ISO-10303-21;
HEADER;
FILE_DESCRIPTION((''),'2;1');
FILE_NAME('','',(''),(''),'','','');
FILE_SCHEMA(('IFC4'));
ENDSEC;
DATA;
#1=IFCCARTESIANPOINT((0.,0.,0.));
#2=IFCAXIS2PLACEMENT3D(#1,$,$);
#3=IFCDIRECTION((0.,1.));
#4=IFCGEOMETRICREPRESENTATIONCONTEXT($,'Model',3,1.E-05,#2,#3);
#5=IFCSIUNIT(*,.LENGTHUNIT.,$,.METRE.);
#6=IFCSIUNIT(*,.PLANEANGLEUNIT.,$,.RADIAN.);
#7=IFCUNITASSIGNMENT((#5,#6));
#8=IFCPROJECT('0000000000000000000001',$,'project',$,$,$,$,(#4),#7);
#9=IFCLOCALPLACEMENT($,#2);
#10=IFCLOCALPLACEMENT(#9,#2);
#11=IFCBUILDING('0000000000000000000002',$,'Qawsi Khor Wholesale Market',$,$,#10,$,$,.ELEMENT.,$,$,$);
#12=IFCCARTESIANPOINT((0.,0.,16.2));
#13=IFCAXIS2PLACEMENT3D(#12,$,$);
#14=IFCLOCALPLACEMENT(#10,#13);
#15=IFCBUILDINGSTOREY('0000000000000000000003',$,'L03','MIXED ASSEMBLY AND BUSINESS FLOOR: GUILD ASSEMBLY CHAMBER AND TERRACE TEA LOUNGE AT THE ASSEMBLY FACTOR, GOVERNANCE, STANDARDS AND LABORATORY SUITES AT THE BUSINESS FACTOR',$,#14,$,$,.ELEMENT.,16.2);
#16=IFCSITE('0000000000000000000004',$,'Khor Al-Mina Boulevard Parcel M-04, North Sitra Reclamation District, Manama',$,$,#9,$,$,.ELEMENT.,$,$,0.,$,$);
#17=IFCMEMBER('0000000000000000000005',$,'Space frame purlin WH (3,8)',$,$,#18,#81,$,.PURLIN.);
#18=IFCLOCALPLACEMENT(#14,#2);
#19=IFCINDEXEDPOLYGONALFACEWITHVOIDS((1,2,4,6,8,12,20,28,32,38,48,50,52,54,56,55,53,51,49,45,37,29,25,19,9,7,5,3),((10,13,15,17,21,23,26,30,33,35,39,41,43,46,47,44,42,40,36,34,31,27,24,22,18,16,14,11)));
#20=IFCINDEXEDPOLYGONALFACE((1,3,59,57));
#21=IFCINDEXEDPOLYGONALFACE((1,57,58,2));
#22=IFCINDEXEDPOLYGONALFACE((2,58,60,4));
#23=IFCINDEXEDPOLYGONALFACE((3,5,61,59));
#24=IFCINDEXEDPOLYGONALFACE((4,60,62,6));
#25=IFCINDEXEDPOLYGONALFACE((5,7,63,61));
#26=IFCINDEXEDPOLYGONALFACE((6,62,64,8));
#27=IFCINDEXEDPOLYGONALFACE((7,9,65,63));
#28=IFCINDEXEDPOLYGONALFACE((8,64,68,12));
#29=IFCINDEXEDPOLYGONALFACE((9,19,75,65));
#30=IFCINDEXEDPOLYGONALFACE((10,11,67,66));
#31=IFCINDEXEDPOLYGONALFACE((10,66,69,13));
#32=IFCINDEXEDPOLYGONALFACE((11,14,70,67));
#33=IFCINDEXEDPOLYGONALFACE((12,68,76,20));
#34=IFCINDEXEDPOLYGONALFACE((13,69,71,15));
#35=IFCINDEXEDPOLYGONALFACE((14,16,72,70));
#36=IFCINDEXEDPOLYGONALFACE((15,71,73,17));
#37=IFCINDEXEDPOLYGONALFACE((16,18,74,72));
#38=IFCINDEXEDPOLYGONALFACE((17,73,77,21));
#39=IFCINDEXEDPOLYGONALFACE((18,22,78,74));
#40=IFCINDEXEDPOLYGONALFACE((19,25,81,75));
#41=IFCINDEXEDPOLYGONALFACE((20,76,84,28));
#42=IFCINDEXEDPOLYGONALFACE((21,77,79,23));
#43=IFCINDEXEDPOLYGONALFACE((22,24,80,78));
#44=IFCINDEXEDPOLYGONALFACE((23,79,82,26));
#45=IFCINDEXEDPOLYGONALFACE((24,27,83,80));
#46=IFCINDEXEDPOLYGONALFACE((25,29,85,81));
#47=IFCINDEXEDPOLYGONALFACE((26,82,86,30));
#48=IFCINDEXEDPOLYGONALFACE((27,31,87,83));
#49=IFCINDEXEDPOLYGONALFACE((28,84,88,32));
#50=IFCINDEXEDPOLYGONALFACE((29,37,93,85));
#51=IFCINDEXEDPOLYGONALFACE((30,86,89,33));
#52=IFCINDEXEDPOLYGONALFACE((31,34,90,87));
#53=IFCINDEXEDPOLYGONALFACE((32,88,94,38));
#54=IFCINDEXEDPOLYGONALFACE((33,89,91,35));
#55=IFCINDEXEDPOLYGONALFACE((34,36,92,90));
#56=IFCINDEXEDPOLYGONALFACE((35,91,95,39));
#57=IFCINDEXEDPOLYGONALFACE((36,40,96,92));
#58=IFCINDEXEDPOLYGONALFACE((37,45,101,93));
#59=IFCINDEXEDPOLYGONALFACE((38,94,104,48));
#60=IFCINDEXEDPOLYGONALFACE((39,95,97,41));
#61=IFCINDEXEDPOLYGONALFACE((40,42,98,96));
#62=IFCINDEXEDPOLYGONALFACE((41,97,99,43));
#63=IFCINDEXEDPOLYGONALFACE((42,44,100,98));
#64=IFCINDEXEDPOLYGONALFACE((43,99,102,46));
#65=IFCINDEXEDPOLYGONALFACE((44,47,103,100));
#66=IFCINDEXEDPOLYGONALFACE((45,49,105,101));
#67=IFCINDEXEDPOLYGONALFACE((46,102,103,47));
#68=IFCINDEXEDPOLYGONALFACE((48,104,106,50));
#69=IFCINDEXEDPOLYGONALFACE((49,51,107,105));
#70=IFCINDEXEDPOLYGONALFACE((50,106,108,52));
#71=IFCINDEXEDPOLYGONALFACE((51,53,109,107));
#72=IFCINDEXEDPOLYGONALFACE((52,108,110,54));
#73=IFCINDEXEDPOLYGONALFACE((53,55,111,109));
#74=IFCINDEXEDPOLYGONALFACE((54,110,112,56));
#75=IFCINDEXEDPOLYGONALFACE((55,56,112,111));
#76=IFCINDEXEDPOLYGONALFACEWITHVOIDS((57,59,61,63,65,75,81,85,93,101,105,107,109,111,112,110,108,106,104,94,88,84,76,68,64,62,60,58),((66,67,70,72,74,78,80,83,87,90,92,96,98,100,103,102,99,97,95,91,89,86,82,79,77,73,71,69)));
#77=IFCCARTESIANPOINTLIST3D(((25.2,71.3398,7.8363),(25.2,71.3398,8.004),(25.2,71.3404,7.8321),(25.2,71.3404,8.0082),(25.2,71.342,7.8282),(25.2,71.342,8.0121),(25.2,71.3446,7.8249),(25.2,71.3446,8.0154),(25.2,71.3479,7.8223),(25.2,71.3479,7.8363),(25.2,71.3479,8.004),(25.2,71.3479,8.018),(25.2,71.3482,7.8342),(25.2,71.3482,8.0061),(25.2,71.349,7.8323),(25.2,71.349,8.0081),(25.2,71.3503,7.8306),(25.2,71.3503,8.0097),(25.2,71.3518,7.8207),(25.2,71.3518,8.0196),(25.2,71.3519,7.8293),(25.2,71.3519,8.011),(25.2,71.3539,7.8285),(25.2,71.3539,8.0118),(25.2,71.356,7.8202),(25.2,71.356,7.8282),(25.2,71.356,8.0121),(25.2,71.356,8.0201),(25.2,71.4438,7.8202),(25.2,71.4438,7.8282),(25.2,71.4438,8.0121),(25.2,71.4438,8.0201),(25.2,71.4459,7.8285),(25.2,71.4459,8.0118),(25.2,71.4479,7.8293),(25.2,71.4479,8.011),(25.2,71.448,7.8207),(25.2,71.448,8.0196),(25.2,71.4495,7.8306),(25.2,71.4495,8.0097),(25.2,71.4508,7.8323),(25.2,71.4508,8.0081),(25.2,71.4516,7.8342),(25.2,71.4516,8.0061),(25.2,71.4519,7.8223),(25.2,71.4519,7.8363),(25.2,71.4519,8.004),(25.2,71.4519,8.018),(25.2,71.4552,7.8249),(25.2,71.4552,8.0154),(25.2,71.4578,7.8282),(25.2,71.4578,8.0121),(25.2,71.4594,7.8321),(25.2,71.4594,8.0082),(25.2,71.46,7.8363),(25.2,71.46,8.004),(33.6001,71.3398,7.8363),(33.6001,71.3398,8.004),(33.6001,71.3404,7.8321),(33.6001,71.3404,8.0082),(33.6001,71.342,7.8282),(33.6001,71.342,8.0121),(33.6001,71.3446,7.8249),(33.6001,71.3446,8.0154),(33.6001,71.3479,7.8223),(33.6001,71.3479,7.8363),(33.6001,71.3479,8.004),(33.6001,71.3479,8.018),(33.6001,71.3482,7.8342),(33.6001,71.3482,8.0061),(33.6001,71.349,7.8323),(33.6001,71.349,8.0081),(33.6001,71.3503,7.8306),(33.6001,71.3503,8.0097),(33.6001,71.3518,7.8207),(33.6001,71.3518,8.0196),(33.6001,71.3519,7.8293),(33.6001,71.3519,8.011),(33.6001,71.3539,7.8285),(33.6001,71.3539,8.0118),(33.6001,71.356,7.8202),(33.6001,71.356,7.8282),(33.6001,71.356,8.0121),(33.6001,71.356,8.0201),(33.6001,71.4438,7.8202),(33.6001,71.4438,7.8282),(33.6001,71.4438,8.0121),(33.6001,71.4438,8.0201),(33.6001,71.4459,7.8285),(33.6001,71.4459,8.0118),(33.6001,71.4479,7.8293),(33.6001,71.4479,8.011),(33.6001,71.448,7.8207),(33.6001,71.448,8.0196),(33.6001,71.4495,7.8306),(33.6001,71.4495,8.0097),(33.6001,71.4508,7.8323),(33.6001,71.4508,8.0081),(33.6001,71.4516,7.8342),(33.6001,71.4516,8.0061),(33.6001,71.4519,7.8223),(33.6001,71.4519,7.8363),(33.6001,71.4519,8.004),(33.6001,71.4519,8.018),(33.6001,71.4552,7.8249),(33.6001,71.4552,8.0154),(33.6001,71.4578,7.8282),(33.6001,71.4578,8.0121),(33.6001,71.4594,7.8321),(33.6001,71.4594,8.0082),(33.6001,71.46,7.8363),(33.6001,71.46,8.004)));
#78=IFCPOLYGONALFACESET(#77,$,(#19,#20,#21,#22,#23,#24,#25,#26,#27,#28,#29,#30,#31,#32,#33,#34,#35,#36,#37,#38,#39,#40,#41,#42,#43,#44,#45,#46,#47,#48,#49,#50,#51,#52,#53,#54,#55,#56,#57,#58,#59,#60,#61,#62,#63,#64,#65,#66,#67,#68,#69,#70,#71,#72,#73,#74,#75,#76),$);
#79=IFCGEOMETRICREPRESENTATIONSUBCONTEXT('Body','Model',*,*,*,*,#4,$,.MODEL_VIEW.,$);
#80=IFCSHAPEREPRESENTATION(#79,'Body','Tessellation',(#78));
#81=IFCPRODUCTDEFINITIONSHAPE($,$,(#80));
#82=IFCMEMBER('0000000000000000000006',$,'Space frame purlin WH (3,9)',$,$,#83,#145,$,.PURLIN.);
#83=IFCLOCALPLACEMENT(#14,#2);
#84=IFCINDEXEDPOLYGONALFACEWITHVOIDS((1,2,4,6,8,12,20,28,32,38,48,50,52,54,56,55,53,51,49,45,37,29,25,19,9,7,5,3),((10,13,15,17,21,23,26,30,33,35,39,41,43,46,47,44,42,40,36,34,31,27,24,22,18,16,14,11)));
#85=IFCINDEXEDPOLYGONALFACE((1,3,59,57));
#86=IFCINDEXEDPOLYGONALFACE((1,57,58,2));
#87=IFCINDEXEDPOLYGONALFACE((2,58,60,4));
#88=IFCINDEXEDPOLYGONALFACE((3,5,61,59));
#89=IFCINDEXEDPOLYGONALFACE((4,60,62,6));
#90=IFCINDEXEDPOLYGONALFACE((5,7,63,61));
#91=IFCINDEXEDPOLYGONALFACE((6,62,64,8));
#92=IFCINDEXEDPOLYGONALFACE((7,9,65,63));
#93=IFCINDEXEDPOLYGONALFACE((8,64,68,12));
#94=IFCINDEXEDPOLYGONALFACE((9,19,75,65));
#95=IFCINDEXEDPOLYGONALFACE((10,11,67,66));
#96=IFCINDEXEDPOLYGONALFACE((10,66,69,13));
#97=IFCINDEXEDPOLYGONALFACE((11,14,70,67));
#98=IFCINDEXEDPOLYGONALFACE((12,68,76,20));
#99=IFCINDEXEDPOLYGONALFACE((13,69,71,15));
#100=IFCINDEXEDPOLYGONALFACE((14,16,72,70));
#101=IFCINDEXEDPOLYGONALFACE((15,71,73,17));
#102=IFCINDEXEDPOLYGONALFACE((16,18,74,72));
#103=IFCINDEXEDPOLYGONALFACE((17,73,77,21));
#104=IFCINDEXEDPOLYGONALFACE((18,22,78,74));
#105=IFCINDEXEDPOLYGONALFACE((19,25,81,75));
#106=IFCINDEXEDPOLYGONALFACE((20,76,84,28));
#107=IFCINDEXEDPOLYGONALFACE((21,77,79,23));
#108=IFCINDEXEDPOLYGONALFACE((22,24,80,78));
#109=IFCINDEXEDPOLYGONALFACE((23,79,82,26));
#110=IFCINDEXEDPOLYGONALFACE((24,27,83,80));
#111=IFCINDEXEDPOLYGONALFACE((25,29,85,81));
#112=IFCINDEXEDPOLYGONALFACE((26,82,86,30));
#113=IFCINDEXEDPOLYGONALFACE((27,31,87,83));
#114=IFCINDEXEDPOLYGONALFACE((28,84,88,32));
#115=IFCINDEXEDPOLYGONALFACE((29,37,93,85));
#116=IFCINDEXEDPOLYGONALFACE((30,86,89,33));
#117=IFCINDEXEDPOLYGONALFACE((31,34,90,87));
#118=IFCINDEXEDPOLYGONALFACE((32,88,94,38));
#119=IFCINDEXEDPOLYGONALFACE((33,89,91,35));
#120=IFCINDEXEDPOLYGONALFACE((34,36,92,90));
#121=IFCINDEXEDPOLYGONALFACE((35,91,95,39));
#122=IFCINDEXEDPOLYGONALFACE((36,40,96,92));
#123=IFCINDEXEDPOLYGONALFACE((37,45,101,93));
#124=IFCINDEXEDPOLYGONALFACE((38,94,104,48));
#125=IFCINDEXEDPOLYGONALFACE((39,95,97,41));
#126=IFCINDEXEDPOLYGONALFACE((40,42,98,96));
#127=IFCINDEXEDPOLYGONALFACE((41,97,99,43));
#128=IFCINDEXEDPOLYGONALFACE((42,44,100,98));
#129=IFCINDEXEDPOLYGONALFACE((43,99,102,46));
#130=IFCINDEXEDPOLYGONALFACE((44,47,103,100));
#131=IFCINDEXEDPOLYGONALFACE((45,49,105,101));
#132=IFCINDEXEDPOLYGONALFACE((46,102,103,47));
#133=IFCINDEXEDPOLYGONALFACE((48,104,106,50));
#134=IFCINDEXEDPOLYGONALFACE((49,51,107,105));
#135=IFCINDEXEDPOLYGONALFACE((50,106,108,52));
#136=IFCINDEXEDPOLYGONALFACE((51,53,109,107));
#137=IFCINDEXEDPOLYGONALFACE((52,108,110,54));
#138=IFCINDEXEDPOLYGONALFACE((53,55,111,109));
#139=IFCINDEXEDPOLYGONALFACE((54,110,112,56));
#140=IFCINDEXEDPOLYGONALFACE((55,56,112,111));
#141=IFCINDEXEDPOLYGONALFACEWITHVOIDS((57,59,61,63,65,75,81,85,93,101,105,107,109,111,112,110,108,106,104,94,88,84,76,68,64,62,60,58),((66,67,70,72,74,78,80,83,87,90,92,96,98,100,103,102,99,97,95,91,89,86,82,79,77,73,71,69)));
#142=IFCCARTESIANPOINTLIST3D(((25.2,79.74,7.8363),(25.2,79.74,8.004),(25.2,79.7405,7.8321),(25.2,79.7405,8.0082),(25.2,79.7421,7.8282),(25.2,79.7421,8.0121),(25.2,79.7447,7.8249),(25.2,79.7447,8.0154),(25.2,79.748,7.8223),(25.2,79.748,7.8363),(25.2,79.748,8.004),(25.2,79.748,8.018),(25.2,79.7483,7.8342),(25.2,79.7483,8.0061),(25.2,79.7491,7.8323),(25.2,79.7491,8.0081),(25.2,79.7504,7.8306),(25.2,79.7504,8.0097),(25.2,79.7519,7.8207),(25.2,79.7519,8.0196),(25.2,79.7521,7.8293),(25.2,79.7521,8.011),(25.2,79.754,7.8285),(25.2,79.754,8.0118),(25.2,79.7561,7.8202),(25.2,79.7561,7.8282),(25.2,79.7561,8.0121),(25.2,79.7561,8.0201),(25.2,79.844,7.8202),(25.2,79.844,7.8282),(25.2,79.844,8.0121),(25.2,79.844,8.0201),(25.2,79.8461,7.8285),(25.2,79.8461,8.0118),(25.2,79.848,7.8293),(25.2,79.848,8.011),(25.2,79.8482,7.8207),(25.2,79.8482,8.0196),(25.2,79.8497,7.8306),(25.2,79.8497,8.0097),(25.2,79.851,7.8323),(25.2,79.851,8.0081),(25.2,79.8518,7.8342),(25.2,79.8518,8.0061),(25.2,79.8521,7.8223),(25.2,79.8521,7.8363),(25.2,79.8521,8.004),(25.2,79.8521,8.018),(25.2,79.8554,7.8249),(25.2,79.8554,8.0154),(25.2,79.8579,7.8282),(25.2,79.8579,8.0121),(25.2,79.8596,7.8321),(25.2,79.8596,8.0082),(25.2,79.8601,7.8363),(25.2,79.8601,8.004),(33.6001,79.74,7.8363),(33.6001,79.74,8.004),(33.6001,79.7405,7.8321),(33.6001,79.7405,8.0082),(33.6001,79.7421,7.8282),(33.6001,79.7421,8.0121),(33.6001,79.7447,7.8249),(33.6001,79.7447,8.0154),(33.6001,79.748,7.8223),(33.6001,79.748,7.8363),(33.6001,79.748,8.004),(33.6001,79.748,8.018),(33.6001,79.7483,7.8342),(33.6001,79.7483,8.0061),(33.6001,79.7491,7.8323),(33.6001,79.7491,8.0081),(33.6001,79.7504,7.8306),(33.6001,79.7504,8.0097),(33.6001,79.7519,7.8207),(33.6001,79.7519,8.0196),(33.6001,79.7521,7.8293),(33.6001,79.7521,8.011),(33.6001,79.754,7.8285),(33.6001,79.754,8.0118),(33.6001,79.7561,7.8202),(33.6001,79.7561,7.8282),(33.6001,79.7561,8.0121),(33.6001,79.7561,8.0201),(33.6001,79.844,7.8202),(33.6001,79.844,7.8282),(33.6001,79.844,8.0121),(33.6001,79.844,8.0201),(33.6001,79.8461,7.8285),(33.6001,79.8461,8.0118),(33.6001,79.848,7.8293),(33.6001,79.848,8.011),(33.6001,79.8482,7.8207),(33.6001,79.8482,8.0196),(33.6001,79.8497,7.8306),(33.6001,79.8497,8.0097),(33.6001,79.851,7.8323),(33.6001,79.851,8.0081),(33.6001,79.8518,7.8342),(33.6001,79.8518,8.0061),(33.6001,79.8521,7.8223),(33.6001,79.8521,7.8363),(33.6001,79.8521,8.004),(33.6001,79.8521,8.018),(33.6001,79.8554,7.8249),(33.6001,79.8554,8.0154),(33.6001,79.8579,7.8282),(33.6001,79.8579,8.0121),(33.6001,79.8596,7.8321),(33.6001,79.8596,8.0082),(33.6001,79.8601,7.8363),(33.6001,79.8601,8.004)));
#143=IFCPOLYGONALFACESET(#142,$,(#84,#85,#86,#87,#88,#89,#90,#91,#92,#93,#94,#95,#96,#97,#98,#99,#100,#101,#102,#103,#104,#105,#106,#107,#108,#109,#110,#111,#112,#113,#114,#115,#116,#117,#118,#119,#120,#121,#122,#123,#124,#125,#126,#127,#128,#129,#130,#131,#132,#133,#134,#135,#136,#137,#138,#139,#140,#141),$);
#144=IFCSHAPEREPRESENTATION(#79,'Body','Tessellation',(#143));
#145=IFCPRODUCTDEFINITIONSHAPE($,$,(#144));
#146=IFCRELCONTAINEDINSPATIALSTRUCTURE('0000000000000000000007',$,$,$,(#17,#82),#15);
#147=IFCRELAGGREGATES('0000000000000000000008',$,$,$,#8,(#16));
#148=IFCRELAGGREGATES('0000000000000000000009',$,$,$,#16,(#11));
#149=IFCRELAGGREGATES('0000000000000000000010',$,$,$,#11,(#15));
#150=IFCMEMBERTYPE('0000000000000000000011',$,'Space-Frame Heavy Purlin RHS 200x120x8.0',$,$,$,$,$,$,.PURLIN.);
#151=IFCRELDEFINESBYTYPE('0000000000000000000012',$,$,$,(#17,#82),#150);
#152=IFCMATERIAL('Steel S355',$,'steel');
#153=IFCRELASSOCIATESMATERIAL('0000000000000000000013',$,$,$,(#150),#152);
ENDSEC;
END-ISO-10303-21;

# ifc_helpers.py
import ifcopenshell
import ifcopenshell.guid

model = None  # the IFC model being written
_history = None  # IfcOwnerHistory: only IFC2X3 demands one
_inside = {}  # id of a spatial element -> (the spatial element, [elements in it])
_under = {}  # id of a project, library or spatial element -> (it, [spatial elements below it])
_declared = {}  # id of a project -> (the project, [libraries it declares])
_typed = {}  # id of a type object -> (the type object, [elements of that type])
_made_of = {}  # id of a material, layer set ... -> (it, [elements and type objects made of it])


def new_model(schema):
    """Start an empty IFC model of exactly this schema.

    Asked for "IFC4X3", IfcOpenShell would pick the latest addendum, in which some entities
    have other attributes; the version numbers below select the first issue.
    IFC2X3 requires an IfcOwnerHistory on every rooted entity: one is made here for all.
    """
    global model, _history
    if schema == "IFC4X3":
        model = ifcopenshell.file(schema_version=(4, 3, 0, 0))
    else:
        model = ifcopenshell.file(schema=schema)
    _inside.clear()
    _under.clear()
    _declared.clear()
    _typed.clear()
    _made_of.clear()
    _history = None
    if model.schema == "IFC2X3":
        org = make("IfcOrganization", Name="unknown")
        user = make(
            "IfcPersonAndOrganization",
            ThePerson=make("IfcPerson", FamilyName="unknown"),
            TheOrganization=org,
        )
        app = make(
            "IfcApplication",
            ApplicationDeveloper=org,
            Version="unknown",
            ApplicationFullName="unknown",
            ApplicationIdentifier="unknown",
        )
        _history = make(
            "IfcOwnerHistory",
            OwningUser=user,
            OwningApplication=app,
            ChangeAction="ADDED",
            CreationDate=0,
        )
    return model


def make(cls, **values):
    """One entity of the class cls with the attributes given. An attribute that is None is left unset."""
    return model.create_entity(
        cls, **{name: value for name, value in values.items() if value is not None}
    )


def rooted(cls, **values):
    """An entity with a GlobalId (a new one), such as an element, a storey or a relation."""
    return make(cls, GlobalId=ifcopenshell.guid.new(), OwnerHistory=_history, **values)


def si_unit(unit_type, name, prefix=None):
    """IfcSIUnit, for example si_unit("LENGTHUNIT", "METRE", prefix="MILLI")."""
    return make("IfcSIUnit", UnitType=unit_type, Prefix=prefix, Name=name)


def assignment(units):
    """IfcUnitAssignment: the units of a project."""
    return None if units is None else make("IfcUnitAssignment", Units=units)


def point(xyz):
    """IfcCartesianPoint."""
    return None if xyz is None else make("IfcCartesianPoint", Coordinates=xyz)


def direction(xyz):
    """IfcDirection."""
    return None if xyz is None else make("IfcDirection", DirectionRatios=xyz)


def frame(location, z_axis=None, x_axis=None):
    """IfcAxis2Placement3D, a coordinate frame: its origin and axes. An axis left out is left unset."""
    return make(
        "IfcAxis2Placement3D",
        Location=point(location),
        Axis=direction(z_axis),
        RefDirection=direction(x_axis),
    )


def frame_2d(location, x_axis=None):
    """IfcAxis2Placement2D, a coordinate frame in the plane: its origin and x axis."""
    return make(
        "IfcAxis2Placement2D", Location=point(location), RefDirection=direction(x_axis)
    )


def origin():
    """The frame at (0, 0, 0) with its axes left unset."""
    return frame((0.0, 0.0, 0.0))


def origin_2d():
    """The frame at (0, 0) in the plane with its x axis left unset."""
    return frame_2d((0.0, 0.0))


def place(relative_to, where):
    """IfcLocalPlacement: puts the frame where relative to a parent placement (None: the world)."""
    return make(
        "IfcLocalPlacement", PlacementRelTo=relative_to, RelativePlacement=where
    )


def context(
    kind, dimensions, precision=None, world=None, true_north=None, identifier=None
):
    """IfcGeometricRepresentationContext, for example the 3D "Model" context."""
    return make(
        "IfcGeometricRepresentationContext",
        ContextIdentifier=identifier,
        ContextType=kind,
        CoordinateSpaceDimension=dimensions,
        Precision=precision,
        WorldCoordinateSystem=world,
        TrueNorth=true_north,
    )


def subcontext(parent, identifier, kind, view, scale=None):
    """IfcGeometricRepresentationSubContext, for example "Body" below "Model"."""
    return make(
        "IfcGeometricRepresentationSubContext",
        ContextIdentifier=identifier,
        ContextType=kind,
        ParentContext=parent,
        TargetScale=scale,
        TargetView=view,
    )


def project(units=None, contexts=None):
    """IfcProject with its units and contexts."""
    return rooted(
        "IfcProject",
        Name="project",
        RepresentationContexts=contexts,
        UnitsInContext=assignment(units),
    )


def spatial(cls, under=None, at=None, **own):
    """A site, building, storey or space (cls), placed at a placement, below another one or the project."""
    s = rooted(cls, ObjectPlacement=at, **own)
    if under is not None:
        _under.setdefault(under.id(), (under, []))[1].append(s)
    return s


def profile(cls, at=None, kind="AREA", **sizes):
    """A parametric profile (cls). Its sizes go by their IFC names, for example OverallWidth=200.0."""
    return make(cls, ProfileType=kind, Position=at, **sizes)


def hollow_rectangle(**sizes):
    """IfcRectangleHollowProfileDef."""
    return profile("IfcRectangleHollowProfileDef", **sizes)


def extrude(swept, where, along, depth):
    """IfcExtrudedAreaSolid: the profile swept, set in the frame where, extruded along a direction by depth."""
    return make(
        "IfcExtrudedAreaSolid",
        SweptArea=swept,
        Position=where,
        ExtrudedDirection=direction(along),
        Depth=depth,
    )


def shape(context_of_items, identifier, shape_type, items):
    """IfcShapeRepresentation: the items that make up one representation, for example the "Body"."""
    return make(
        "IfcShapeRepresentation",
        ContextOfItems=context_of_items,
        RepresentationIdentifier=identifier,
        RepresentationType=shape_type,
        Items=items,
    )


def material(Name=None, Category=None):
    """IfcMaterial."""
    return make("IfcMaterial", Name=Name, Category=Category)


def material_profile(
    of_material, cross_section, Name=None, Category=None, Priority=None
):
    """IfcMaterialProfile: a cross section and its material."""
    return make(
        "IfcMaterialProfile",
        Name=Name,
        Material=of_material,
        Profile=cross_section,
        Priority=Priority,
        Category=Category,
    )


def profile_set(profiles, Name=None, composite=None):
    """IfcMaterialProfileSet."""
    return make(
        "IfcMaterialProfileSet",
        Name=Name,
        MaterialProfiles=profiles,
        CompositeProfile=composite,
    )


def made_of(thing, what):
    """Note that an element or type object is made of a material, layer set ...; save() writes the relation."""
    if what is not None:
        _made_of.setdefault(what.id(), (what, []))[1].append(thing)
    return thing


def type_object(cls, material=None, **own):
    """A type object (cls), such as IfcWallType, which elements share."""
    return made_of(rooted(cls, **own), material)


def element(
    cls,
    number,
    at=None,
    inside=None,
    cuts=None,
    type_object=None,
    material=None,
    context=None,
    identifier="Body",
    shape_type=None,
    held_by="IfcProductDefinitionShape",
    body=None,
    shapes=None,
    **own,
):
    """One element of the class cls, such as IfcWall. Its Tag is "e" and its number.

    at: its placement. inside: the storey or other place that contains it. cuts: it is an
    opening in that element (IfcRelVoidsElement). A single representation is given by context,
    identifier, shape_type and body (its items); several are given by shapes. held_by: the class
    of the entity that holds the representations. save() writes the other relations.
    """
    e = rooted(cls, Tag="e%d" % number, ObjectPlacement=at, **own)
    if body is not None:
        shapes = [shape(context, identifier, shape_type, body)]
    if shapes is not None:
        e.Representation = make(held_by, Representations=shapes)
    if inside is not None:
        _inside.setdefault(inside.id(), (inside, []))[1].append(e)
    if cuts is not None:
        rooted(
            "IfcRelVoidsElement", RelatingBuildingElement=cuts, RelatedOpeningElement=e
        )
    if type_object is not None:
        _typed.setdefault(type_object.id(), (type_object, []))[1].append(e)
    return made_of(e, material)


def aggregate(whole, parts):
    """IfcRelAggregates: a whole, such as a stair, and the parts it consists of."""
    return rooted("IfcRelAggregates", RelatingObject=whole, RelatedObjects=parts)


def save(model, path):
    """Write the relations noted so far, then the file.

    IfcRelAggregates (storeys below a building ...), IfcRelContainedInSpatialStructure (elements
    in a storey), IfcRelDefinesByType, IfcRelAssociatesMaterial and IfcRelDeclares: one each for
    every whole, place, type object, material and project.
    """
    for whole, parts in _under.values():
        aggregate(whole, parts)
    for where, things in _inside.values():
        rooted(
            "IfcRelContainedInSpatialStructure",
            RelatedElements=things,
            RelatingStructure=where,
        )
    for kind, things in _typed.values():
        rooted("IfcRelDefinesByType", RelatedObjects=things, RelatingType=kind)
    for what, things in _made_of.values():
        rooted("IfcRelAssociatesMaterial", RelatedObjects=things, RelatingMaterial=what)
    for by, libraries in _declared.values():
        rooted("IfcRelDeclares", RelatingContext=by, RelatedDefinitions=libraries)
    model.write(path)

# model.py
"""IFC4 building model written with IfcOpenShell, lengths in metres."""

from ifc_helpers import new_model, si_unit, direction, frame, origin, origin_2d, place, context, subcontext, project, spatial, hollow_rectangle, extrude, material, material_profile, profile_set, type_object, element, save


model = new_model("IFC4")

# Units and contexts
model_context = context("Model", 3, precision=1e-05, world=origin(), true_north=direction((0.0, 1.0)))
body_context = subcontext(model_context, "Body", "Model", "MODEL_VIEW")
ifc_project = project(units=[si_unit("LENGTHUNIT", "METRE"), si_unit("PLANEANGLEUNIT", "RADIAN")], contexts=[model_context])

# Site, building, storey
site_placement = place(None, origin())
site = spatial("IfcSite", under=ifc_project, at=site_placement, Name="Khor Al-Mina Boulevard Parcel M-04, North Sitra Reclamation District, Manama", CompositionType="ELEMENT", RefElevation=0.0)
building_placement = place(site_placement, origin())
building = spatial("IfcBuilding", under=site, at=building_placement, Name="Qawsi Khor Wholesale Market", CompositionType="ELEMENT")
storey_placement = place(building_placement, frame((0.0, 0.0, 16.2)))
storey = spatial("IfcBuildingStorey", under=building, at=storey_placement, Name="L03", Description="MIXED ASSEMBLY AND BUSINESS FLOOR: GUILD ASSEMBLY CHAMBER AND TERRACE TEA LOUNGE AT THE ASSEMBLY FACTOR, GOVERNANCE, STANDARDS AND LABORATORY SUITES AT THE BUSINESS FACTOR", CompositionType="ELEMENT", Elevation=16.2)

# Members
ifc_material_1 = material(Name="Steel S355", Category="steel")
ifc_material_profile_1 = material_profile(ifc_material_1, hollow_rectangle(XDim=0.1201, YDim=0.2, WallThickness=0.0081, InnerFilletRadius=0.0081, OuterFilletRadius=0.0161, at=origin_2d()), Name="RHS 200x120x8.0")
ifc_profile_set_1 = profile_set([ifc_material_profile_1], Name="Steel S355")
member_type_1 = type_object("IfcMemberType", Name="Space-Frame Heavy Purlin RHS 200x120x8.0", PredefinedType="PURLIN", material=ifc_profile_set_1)
for number, where, z_axis, x_axis, name in (
    (1, (25.2, 71.3999, 7.9202), (1.0, 0.0, 0.0), (0.0, 1.0, 0.0), "Space frame purlin WH (3,8)"),
    (2, (25.2, 79.8, 7.9202), (1.0, 0.0, 0.0), (0.0, 1.0, 0.0), "Space frame purlin WH (3,9)"),
):
    element("IfcMember", number, at=place(storey_placement, frame(where, z_axis=z_axis, x_axis=x_axis)), inside=storey, type_object=member_type_1, Name=name, PredefinedType="PURLIN", context=body_context, shape_type="SweptSolid", body=[
        extrude(hollow_rectangle(XDim=0.1201, YDim=0.2, WallThickness=0.0081, InnerFilletRadius=0.0081, OuterFilletRadius=0.0161, at=origin_2d()), origin(), (0.0, 0.0, 1.0), 8.4001),
    ])

save(model, "model.ifc")
